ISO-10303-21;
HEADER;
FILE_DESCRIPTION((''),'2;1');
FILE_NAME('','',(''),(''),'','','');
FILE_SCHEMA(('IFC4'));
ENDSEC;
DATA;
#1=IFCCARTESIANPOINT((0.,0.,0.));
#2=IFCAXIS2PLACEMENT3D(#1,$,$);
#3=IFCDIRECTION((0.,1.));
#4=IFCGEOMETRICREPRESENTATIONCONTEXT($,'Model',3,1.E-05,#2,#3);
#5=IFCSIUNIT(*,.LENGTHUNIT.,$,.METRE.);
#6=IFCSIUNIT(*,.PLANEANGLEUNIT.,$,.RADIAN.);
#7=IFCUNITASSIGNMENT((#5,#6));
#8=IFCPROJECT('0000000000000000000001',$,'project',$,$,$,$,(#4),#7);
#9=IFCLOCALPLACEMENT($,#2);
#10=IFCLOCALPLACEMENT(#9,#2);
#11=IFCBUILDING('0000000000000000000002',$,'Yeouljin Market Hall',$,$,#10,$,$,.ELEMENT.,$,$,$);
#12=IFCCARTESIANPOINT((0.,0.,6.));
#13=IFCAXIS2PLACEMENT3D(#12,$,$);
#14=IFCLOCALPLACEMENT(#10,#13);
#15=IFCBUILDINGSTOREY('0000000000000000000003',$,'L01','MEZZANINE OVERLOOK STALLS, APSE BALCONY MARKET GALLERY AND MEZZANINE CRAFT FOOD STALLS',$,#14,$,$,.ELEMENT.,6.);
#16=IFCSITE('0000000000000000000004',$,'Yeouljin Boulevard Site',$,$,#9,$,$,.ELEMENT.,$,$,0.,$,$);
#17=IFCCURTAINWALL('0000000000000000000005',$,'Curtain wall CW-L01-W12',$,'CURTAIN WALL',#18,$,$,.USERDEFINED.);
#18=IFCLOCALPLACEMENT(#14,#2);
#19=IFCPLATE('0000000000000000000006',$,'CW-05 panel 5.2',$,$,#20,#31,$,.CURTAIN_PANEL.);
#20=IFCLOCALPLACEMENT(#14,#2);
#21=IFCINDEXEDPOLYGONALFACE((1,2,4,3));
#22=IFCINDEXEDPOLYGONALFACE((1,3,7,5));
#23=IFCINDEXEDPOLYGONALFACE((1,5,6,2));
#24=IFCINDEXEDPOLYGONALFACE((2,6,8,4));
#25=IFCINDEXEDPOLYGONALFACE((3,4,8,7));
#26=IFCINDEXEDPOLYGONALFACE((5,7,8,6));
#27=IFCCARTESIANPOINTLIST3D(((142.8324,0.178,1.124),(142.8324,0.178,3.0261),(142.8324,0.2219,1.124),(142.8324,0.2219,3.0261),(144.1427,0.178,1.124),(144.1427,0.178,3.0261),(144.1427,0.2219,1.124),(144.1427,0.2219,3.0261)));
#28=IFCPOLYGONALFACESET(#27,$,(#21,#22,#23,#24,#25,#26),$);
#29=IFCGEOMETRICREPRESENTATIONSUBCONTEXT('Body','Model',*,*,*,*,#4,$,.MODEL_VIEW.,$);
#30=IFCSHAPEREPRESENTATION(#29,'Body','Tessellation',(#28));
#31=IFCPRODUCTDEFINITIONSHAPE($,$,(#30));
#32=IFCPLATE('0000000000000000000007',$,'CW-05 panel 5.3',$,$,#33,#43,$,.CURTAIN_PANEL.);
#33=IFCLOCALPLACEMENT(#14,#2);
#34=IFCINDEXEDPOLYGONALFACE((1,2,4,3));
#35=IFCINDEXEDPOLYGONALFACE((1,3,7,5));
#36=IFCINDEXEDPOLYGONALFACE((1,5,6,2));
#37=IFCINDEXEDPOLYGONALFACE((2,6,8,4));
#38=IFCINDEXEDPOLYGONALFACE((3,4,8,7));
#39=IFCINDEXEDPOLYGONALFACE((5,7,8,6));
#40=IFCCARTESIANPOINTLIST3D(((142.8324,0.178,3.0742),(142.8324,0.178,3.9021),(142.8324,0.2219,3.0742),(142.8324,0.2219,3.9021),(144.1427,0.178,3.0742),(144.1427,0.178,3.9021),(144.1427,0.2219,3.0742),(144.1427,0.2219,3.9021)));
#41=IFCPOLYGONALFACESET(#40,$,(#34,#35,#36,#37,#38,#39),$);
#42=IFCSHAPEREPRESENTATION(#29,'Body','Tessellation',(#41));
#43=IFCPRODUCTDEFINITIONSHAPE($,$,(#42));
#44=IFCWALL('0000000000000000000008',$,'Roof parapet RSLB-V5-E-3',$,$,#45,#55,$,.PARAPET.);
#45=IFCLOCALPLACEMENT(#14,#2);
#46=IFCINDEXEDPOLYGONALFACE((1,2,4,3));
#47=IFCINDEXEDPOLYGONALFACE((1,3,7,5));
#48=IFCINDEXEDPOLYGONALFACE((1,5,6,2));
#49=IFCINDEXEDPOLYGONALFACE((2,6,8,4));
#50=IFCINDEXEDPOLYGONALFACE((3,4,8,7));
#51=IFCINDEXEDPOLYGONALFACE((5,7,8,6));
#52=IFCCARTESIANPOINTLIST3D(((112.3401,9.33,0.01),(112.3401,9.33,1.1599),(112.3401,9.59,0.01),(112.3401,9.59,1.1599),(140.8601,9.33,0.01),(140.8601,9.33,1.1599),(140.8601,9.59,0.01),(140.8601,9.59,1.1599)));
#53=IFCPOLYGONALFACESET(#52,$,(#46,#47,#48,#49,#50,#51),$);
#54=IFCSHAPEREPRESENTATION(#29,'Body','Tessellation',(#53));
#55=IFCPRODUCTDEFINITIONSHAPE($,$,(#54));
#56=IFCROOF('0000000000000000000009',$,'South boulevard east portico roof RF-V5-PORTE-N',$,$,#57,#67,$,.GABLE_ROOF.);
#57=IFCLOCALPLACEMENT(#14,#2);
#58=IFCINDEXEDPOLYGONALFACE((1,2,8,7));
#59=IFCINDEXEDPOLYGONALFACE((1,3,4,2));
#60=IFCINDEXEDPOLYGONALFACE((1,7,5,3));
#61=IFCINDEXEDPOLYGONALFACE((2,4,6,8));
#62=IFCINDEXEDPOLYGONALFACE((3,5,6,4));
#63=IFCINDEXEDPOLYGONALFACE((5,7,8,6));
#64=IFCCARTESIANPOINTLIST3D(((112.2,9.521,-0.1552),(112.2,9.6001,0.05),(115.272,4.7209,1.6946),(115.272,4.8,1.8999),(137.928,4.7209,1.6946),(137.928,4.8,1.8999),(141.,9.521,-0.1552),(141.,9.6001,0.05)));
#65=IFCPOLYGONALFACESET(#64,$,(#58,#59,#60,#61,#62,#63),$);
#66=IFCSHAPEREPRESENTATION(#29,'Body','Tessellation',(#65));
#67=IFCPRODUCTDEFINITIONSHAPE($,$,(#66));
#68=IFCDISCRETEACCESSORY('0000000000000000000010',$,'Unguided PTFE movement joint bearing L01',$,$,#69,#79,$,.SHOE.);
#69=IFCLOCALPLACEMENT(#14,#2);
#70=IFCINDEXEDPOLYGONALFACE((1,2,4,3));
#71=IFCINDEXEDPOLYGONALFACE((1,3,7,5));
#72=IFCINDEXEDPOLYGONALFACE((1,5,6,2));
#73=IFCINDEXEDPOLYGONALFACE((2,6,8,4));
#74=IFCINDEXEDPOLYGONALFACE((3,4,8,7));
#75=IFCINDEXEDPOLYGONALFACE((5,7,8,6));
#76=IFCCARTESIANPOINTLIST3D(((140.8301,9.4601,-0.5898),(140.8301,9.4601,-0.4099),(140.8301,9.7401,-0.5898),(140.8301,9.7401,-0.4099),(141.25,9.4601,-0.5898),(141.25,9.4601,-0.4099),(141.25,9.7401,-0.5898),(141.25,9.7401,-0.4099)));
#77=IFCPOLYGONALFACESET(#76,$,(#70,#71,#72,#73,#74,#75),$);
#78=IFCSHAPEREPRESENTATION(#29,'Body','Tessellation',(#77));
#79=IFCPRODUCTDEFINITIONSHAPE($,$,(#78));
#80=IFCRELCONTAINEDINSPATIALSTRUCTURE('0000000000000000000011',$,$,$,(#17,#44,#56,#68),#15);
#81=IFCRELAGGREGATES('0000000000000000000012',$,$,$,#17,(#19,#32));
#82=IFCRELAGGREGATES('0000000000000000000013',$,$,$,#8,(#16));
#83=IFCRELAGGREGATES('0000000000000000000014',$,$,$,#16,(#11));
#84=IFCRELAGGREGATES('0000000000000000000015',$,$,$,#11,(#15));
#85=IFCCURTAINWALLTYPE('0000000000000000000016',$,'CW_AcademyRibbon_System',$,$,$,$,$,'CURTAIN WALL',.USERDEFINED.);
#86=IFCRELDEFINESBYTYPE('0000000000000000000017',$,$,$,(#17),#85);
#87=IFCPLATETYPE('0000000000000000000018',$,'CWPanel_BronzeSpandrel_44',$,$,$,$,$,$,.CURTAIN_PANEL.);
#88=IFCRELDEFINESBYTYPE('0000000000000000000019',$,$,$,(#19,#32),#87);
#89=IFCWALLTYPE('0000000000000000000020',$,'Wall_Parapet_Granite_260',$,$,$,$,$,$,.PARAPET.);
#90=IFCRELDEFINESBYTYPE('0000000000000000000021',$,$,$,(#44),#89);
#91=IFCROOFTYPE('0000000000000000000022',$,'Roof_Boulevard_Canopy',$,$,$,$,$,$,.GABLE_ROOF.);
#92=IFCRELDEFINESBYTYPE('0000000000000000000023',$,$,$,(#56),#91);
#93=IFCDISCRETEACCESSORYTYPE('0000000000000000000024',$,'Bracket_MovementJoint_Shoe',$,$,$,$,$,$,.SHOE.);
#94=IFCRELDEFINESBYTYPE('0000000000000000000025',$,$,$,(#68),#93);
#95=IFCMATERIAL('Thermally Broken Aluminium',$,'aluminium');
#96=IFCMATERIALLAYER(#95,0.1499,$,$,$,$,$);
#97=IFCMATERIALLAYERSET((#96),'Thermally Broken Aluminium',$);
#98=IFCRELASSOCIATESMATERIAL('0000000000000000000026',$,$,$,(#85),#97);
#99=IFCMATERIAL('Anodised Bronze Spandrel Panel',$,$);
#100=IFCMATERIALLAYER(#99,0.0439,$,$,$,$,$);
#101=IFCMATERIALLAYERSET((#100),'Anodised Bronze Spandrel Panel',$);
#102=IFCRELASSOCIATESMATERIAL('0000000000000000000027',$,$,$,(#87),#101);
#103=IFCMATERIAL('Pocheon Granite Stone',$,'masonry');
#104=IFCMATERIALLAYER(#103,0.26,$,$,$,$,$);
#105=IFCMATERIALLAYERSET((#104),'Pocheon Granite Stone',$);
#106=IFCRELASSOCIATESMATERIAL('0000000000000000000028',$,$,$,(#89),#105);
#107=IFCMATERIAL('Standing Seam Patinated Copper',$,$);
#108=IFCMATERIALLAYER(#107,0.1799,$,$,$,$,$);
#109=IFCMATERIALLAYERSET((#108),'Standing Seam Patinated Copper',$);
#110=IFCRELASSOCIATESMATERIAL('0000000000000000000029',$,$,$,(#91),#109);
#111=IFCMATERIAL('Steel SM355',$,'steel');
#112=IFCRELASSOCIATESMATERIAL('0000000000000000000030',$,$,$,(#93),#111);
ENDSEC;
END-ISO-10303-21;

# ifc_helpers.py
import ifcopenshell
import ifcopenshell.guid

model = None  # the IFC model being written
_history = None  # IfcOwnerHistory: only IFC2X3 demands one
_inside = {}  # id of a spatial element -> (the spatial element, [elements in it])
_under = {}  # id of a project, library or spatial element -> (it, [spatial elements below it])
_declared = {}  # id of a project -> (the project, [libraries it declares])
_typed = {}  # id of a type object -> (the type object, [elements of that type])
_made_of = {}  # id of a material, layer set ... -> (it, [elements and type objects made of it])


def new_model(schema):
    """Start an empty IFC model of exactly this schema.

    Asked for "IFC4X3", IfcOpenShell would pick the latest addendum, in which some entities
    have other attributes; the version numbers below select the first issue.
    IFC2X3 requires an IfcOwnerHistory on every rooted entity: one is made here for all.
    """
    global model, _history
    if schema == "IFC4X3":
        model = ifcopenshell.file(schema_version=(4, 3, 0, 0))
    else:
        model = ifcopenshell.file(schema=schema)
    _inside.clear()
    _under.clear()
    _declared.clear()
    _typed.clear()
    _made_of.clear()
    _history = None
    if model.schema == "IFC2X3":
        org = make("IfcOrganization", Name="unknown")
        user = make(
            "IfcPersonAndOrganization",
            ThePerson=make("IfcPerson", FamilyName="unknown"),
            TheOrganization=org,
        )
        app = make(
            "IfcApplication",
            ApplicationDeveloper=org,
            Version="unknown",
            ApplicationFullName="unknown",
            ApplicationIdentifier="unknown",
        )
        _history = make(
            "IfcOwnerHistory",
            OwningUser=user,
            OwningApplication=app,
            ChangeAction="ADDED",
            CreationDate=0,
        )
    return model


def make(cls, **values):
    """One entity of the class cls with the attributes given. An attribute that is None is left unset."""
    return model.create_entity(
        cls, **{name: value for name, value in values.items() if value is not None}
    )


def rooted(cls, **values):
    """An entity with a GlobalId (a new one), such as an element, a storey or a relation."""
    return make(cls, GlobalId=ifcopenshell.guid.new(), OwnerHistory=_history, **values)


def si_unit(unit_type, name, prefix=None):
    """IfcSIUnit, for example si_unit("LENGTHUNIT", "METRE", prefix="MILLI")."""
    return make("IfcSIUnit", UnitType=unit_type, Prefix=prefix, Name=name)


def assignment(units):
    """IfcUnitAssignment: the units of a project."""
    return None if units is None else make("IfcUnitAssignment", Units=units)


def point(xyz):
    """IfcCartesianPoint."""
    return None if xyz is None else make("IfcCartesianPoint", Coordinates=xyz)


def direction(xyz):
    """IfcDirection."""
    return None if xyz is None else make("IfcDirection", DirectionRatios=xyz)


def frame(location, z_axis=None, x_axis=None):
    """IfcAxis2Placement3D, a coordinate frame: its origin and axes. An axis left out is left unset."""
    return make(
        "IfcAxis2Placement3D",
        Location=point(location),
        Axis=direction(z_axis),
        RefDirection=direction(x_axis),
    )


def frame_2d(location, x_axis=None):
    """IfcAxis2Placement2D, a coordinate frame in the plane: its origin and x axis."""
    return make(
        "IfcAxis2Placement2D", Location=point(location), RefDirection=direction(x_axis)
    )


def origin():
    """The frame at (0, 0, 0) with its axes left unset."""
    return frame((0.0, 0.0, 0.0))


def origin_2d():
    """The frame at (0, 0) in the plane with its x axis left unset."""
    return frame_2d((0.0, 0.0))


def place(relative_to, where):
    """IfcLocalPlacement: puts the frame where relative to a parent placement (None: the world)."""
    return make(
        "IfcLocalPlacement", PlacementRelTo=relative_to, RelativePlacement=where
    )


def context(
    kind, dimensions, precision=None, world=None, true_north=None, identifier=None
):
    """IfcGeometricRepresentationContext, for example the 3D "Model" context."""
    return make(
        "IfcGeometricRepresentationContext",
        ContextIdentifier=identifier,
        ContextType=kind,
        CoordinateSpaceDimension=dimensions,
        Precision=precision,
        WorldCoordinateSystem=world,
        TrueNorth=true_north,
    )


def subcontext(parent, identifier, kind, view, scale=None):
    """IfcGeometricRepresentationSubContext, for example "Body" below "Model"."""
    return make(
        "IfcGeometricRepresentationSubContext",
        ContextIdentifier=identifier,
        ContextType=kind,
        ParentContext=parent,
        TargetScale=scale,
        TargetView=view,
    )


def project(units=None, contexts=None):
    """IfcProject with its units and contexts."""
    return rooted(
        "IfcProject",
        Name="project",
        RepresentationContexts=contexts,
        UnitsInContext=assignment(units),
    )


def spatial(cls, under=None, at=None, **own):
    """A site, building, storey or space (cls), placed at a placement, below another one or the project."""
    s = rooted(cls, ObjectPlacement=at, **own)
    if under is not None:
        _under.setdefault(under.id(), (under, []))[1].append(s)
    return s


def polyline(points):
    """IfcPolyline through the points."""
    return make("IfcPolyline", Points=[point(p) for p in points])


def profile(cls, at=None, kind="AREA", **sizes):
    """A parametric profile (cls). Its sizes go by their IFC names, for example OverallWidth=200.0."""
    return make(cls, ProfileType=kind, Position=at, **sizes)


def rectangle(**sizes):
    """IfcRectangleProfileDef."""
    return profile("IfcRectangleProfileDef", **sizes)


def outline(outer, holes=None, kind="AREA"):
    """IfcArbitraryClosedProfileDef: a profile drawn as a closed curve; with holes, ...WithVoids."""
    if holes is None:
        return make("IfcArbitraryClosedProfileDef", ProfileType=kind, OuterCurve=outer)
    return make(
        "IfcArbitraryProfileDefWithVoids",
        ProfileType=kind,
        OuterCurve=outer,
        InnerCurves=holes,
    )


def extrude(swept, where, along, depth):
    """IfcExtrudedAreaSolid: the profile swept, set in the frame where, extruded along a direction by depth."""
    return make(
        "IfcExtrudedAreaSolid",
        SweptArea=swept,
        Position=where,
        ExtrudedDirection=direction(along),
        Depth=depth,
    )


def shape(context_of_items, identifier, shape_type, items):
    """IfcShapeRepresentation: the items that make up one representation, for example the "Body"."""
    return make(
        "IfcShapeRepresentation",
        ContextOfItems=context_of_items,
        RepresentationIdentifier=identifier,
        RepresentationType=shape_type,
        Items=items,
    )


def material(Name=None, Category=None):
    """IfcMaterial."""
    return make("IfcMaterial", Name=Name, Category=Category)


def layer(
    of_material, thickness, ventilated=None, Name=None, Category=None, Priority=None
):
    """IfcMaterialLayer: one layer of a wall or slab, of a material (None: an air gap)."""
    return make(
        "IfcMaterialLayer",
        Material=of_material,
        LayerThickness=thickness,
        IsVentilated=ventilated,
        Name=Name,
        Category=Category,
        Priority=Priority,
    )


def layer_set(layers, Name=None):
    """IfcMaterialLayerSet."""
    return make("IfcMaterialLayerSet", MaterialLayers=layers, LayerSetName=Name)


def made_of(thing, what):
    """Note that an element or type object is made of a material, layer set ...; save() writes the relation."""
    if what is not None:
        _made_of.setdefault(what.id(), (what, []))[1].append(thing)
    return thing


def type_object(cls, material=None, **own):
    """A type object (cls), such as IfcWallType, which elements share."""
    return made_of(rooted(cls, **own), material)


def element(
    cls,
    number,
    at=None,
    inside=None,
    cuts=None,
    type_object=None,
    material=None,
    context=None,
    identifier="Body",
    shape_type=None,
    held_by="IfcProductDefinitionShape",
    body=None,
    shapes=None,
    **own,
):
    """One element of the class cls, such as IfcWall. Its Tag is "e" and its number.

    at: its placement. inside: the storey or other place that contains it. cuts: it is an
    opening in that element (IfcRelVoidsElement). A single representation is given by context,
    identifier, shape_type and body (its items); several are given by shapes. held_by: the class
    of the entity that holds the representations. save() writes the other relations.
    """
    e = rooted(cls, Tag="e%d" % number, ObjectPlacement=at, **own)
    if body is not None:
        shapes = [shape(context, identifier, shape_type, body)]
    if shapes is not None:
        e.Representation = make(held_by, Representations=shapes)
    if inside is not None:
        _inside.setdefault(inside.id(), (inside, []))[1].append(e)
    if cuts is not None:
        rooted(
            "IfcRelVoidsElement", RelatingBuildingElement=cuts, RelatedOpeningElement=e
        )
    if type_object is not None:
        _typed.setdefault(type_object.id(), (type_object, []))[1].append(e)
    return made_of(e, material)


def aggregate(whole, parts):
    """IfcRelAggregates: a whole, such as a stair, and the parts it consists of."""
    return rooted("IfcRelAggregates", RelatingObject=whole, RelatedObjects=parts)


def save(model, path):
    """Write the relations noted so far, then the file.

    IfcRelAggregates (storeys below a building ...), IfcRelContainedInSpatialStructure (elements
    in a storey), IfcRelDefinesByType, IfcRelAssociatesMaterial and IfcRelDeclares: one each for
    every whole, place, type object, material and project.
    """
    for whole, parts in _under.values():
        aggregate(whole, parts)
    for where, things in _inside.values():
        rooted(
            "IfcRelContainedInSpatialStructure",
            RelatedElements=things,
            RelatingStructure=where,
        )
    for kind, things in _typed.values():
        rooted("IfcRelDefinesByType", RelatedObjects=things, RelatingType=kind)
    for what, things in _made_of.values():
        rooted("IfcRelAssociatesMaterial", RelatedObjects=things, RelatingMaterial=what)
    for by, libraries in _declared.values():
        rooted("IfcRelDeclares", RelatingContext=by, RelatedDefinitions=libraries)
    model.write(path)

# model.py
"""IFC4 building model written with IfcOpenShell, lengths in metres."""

from ifc_helpers import new_model, si_unit, direction, frame, frame_2d, origin, origin_2d, place, context, subcontext, project, spatial, polyline, rectangle, outline, extrude, material, layer, layer_set, type_object, element, aggregate, save


model = new_model("IFC4")

# Units and contexts
model_context = context("Model", 3, precision=1e-05, world=origin(), true_north=direction((0.0, 1.0)))
body_context = subcontext(model_context, "Body", "Model", "MODEL_VIEW")
ifc_project = project(units=[si_unit("LENGTHUNIT", "METRE"), si_unit("PLANEANGLEUNIT", "RADIAN")], contexts=[model_context])

# Site, building, storey
site_placement = place(None, origin())
site = spatial("IfcSite", under=ifc_project, at=site_placement, Name="Yeouljin Boulevard Site", CompositionType="ELEMENT", RefElevation=0.0)
building_placement = place(site_placement, origin())
building = spatial("IfcBuilding", under=site, at=building_placement, Name="Yeouljin Market Hall", CompositionType="ELEMENT")
storey_placement = place(building_placement, frame((0.0, 0.0, 6.0)))
storey = spatial("IfcBuildingStorey", under=building, at=storey_placement, Name="L01", Description="MEZZANINE OVERLOOK STALLS, APSE BALCONY MARKET GALLERY AND MEZZANINE CRAFT FOOD STALLS", CompositionType="ELEMENT", Elevation=6.0)

# Curtain wall
ifc_material_1 = material(Name="Thermally Broken Aluminium", Category="aluminium")
ifc_layer_1 = layer(ifc_material_1, 0.1499)
ifc_layer_set_1 = layer_set([ifc_layer_1], Name="Thermally Broken Aluminium")
curtain_wall_type = type_object("IfcCurtainWallType", Name="CW_AcademyRibbon_System", ElementType="CURTAIN WALL", PredefinedType="USERDEFINED", material=ifc_layer_set_1)
curtain_wall_placement = place(storey_placement, origin())
curtain_wall = element("IfcCurtainWall", 1, at=curtain_wall_placement, inside=storey, type_object=curtain_wall_type, Name="Curtain wall CW-L01-W12", ObjectType="CURTAIN WALL", PredefinedType="USERDEFINED")

# Plates
ifc_material_2 = material(Name="Anodised Bronze Spandrel Panel")
ifc_layer_2 = layer(ifc_material_2, 0.0439)
ifc_layer_set_2 = layer_set([ifc_layer_2], Name="Anodised Bronze Spandrel Panel")
plate_type = type_object("IfcPlateType", Name="CWPanel_BronzeSpandrel_44", PredefinedType="CURTAIN_PANEL", material=ifc_layer_set_2)
plate_1_placement = place(storey_placement, frame((143.4875, 0.2, 1.124), z_axis=(0.0, 0.0, 1.0), x_axis=(-1.0, 0.0, 0.0)))
plate_1 = element("IfcPlate", 2, at=plate_1_placement, type_object=plate_type, Name="CW-05 panel 5.2", PredefinedType="CURTAIN_PANEL", context=body_context, shape_type="SweptSolid", body=[
    extrude(rectangle(XDim=1.3103, YDim=0.0439, at=origin_2d()), origin(), (0.0, 0.0, 1.0), 1.9021),
])
plate_2_placement = place(storey_placement, frame((143.4875, 0.2, 3.0742), z_axis=(0.0, 0.0, 1.0), x_axis=(-1.0, 0.0, 0.0)))
plate_2 = element("IfcPlate", 3, at=plate_2_placement, type_object=plate_type, Name="CW-05 panel 5.3", PredefinedType="CURTAIN_PANEL", context=body_context, shape_type="SweptSolid", body=[
    extrude(rectangle(XDim=1.3103, YDim=0.0439, at=origin_2d()), origin(), (0.0, 0.0, 1.0), 0.8279),
])
aggregate(curtain_wall, [plate_1, plate_2])

# Wall
ifc_material_3 = material(Name="Pocheon Granite Stone", Category="masonry")
ifc_layer_3 = layer(ifc_material_3, 0.26)
ifc_layer_set_3 = layer_set([ifc_layer_3], Name="Pocheon Granite Stone")
wall_type = type_object("IfcWallType", Name="Wall_Parapet_Granite_260", PredefinedType="PARAPET", material=ifc_layer_set_3)
wall_placement = place(storey_placement, frame((140.8601, 9.46, 0.01), z_axis=(0.0, 0.0, 1.0), x_axis=(-1.0, 0.0, 0.0)))
element("IfcWall", 4, at=wall_placement, inside=storey, type_object=wall_type, Name="Roof parapet RSLB-V5-E-3", PredefinedType="PARAPET", context=body_context, shape_type="SweptSolid", body=[
    extrude(rectangle(XDim=28.52, YDim=0.26, at=frame_2d((14.26, 0.0))), origin(), (0.0, 0.0, 1.0), 1.1499),
])

# Roof
ifc_material_4 = material(Name="Standing Seam Patinated Copper")
ifc_layer_4 = layer(ifc_material_4, 0.1799)
ifc_layer_set_4 = layer_set([ifc_layer_4], Name="Standing Seam Patinated Copper")
roof_type = type_object("IfcRoofType", Name="Roof_Boulevard_Canopy", PredefinedType="GABLE_ROOF", material=ifc_layer_set_4)
roof_placement = place(storey_placement, frame((141.0, 9.6001, 0.05), z_axis=(0.0, 0.359602, 0.933106), x_axis=(-1.0, 0.0, 0.0)))
element("IfcRoof", 5, at=roof_placement, inside=storey, type_object=roof_type, Name="South boulevard east portico roof RF-V5-PORTE-N", PredefinedType="GABLE_ROOF", context=body_context, shape_type="SweptSolid", body=[
    extrude(outline(polyline([(0.0, 0.0), (28.8, 0.0), (25.728, 5.1442), (3.072, 5.1442), (0.0, 0.0)])), origin(), (0.0, 0.0, -1.0), 0.22),
])

# Discrete accessory
ifc_material_5 = material(Name="Steel SM355", Category="steel")
discrete_accessory_type = type_object("IfcDiscreteAccessoryType", Name="Bracket_MovementJoint_Shoe", PredefinedType="SHOE", material=ifc_material_5)
discrete_accessory_placement = place(storey_placement, frame((141.04, 9.6001, -0.5898), z_axis=(0.0, 0.0, 1.0), x_axis=(1.0, 0.0, 0.0)))
element("IfcDiscreteAccessory", 6, at=discrete_accessory_placement, inside=storey, type_object=discrete_accessory_type, Name="Unguided PTFE movement joint bearing L01", PredefinedType="SHOE", context=body_context, shape_type="SweptSolid", body=[
    extrude(rectangle(XDim=0.4199, YDim=0.28, at=origin_2d()), origin(), (0.0, 0.0, 1.0), 0.1799),
])

save(model, "model.ifc")
